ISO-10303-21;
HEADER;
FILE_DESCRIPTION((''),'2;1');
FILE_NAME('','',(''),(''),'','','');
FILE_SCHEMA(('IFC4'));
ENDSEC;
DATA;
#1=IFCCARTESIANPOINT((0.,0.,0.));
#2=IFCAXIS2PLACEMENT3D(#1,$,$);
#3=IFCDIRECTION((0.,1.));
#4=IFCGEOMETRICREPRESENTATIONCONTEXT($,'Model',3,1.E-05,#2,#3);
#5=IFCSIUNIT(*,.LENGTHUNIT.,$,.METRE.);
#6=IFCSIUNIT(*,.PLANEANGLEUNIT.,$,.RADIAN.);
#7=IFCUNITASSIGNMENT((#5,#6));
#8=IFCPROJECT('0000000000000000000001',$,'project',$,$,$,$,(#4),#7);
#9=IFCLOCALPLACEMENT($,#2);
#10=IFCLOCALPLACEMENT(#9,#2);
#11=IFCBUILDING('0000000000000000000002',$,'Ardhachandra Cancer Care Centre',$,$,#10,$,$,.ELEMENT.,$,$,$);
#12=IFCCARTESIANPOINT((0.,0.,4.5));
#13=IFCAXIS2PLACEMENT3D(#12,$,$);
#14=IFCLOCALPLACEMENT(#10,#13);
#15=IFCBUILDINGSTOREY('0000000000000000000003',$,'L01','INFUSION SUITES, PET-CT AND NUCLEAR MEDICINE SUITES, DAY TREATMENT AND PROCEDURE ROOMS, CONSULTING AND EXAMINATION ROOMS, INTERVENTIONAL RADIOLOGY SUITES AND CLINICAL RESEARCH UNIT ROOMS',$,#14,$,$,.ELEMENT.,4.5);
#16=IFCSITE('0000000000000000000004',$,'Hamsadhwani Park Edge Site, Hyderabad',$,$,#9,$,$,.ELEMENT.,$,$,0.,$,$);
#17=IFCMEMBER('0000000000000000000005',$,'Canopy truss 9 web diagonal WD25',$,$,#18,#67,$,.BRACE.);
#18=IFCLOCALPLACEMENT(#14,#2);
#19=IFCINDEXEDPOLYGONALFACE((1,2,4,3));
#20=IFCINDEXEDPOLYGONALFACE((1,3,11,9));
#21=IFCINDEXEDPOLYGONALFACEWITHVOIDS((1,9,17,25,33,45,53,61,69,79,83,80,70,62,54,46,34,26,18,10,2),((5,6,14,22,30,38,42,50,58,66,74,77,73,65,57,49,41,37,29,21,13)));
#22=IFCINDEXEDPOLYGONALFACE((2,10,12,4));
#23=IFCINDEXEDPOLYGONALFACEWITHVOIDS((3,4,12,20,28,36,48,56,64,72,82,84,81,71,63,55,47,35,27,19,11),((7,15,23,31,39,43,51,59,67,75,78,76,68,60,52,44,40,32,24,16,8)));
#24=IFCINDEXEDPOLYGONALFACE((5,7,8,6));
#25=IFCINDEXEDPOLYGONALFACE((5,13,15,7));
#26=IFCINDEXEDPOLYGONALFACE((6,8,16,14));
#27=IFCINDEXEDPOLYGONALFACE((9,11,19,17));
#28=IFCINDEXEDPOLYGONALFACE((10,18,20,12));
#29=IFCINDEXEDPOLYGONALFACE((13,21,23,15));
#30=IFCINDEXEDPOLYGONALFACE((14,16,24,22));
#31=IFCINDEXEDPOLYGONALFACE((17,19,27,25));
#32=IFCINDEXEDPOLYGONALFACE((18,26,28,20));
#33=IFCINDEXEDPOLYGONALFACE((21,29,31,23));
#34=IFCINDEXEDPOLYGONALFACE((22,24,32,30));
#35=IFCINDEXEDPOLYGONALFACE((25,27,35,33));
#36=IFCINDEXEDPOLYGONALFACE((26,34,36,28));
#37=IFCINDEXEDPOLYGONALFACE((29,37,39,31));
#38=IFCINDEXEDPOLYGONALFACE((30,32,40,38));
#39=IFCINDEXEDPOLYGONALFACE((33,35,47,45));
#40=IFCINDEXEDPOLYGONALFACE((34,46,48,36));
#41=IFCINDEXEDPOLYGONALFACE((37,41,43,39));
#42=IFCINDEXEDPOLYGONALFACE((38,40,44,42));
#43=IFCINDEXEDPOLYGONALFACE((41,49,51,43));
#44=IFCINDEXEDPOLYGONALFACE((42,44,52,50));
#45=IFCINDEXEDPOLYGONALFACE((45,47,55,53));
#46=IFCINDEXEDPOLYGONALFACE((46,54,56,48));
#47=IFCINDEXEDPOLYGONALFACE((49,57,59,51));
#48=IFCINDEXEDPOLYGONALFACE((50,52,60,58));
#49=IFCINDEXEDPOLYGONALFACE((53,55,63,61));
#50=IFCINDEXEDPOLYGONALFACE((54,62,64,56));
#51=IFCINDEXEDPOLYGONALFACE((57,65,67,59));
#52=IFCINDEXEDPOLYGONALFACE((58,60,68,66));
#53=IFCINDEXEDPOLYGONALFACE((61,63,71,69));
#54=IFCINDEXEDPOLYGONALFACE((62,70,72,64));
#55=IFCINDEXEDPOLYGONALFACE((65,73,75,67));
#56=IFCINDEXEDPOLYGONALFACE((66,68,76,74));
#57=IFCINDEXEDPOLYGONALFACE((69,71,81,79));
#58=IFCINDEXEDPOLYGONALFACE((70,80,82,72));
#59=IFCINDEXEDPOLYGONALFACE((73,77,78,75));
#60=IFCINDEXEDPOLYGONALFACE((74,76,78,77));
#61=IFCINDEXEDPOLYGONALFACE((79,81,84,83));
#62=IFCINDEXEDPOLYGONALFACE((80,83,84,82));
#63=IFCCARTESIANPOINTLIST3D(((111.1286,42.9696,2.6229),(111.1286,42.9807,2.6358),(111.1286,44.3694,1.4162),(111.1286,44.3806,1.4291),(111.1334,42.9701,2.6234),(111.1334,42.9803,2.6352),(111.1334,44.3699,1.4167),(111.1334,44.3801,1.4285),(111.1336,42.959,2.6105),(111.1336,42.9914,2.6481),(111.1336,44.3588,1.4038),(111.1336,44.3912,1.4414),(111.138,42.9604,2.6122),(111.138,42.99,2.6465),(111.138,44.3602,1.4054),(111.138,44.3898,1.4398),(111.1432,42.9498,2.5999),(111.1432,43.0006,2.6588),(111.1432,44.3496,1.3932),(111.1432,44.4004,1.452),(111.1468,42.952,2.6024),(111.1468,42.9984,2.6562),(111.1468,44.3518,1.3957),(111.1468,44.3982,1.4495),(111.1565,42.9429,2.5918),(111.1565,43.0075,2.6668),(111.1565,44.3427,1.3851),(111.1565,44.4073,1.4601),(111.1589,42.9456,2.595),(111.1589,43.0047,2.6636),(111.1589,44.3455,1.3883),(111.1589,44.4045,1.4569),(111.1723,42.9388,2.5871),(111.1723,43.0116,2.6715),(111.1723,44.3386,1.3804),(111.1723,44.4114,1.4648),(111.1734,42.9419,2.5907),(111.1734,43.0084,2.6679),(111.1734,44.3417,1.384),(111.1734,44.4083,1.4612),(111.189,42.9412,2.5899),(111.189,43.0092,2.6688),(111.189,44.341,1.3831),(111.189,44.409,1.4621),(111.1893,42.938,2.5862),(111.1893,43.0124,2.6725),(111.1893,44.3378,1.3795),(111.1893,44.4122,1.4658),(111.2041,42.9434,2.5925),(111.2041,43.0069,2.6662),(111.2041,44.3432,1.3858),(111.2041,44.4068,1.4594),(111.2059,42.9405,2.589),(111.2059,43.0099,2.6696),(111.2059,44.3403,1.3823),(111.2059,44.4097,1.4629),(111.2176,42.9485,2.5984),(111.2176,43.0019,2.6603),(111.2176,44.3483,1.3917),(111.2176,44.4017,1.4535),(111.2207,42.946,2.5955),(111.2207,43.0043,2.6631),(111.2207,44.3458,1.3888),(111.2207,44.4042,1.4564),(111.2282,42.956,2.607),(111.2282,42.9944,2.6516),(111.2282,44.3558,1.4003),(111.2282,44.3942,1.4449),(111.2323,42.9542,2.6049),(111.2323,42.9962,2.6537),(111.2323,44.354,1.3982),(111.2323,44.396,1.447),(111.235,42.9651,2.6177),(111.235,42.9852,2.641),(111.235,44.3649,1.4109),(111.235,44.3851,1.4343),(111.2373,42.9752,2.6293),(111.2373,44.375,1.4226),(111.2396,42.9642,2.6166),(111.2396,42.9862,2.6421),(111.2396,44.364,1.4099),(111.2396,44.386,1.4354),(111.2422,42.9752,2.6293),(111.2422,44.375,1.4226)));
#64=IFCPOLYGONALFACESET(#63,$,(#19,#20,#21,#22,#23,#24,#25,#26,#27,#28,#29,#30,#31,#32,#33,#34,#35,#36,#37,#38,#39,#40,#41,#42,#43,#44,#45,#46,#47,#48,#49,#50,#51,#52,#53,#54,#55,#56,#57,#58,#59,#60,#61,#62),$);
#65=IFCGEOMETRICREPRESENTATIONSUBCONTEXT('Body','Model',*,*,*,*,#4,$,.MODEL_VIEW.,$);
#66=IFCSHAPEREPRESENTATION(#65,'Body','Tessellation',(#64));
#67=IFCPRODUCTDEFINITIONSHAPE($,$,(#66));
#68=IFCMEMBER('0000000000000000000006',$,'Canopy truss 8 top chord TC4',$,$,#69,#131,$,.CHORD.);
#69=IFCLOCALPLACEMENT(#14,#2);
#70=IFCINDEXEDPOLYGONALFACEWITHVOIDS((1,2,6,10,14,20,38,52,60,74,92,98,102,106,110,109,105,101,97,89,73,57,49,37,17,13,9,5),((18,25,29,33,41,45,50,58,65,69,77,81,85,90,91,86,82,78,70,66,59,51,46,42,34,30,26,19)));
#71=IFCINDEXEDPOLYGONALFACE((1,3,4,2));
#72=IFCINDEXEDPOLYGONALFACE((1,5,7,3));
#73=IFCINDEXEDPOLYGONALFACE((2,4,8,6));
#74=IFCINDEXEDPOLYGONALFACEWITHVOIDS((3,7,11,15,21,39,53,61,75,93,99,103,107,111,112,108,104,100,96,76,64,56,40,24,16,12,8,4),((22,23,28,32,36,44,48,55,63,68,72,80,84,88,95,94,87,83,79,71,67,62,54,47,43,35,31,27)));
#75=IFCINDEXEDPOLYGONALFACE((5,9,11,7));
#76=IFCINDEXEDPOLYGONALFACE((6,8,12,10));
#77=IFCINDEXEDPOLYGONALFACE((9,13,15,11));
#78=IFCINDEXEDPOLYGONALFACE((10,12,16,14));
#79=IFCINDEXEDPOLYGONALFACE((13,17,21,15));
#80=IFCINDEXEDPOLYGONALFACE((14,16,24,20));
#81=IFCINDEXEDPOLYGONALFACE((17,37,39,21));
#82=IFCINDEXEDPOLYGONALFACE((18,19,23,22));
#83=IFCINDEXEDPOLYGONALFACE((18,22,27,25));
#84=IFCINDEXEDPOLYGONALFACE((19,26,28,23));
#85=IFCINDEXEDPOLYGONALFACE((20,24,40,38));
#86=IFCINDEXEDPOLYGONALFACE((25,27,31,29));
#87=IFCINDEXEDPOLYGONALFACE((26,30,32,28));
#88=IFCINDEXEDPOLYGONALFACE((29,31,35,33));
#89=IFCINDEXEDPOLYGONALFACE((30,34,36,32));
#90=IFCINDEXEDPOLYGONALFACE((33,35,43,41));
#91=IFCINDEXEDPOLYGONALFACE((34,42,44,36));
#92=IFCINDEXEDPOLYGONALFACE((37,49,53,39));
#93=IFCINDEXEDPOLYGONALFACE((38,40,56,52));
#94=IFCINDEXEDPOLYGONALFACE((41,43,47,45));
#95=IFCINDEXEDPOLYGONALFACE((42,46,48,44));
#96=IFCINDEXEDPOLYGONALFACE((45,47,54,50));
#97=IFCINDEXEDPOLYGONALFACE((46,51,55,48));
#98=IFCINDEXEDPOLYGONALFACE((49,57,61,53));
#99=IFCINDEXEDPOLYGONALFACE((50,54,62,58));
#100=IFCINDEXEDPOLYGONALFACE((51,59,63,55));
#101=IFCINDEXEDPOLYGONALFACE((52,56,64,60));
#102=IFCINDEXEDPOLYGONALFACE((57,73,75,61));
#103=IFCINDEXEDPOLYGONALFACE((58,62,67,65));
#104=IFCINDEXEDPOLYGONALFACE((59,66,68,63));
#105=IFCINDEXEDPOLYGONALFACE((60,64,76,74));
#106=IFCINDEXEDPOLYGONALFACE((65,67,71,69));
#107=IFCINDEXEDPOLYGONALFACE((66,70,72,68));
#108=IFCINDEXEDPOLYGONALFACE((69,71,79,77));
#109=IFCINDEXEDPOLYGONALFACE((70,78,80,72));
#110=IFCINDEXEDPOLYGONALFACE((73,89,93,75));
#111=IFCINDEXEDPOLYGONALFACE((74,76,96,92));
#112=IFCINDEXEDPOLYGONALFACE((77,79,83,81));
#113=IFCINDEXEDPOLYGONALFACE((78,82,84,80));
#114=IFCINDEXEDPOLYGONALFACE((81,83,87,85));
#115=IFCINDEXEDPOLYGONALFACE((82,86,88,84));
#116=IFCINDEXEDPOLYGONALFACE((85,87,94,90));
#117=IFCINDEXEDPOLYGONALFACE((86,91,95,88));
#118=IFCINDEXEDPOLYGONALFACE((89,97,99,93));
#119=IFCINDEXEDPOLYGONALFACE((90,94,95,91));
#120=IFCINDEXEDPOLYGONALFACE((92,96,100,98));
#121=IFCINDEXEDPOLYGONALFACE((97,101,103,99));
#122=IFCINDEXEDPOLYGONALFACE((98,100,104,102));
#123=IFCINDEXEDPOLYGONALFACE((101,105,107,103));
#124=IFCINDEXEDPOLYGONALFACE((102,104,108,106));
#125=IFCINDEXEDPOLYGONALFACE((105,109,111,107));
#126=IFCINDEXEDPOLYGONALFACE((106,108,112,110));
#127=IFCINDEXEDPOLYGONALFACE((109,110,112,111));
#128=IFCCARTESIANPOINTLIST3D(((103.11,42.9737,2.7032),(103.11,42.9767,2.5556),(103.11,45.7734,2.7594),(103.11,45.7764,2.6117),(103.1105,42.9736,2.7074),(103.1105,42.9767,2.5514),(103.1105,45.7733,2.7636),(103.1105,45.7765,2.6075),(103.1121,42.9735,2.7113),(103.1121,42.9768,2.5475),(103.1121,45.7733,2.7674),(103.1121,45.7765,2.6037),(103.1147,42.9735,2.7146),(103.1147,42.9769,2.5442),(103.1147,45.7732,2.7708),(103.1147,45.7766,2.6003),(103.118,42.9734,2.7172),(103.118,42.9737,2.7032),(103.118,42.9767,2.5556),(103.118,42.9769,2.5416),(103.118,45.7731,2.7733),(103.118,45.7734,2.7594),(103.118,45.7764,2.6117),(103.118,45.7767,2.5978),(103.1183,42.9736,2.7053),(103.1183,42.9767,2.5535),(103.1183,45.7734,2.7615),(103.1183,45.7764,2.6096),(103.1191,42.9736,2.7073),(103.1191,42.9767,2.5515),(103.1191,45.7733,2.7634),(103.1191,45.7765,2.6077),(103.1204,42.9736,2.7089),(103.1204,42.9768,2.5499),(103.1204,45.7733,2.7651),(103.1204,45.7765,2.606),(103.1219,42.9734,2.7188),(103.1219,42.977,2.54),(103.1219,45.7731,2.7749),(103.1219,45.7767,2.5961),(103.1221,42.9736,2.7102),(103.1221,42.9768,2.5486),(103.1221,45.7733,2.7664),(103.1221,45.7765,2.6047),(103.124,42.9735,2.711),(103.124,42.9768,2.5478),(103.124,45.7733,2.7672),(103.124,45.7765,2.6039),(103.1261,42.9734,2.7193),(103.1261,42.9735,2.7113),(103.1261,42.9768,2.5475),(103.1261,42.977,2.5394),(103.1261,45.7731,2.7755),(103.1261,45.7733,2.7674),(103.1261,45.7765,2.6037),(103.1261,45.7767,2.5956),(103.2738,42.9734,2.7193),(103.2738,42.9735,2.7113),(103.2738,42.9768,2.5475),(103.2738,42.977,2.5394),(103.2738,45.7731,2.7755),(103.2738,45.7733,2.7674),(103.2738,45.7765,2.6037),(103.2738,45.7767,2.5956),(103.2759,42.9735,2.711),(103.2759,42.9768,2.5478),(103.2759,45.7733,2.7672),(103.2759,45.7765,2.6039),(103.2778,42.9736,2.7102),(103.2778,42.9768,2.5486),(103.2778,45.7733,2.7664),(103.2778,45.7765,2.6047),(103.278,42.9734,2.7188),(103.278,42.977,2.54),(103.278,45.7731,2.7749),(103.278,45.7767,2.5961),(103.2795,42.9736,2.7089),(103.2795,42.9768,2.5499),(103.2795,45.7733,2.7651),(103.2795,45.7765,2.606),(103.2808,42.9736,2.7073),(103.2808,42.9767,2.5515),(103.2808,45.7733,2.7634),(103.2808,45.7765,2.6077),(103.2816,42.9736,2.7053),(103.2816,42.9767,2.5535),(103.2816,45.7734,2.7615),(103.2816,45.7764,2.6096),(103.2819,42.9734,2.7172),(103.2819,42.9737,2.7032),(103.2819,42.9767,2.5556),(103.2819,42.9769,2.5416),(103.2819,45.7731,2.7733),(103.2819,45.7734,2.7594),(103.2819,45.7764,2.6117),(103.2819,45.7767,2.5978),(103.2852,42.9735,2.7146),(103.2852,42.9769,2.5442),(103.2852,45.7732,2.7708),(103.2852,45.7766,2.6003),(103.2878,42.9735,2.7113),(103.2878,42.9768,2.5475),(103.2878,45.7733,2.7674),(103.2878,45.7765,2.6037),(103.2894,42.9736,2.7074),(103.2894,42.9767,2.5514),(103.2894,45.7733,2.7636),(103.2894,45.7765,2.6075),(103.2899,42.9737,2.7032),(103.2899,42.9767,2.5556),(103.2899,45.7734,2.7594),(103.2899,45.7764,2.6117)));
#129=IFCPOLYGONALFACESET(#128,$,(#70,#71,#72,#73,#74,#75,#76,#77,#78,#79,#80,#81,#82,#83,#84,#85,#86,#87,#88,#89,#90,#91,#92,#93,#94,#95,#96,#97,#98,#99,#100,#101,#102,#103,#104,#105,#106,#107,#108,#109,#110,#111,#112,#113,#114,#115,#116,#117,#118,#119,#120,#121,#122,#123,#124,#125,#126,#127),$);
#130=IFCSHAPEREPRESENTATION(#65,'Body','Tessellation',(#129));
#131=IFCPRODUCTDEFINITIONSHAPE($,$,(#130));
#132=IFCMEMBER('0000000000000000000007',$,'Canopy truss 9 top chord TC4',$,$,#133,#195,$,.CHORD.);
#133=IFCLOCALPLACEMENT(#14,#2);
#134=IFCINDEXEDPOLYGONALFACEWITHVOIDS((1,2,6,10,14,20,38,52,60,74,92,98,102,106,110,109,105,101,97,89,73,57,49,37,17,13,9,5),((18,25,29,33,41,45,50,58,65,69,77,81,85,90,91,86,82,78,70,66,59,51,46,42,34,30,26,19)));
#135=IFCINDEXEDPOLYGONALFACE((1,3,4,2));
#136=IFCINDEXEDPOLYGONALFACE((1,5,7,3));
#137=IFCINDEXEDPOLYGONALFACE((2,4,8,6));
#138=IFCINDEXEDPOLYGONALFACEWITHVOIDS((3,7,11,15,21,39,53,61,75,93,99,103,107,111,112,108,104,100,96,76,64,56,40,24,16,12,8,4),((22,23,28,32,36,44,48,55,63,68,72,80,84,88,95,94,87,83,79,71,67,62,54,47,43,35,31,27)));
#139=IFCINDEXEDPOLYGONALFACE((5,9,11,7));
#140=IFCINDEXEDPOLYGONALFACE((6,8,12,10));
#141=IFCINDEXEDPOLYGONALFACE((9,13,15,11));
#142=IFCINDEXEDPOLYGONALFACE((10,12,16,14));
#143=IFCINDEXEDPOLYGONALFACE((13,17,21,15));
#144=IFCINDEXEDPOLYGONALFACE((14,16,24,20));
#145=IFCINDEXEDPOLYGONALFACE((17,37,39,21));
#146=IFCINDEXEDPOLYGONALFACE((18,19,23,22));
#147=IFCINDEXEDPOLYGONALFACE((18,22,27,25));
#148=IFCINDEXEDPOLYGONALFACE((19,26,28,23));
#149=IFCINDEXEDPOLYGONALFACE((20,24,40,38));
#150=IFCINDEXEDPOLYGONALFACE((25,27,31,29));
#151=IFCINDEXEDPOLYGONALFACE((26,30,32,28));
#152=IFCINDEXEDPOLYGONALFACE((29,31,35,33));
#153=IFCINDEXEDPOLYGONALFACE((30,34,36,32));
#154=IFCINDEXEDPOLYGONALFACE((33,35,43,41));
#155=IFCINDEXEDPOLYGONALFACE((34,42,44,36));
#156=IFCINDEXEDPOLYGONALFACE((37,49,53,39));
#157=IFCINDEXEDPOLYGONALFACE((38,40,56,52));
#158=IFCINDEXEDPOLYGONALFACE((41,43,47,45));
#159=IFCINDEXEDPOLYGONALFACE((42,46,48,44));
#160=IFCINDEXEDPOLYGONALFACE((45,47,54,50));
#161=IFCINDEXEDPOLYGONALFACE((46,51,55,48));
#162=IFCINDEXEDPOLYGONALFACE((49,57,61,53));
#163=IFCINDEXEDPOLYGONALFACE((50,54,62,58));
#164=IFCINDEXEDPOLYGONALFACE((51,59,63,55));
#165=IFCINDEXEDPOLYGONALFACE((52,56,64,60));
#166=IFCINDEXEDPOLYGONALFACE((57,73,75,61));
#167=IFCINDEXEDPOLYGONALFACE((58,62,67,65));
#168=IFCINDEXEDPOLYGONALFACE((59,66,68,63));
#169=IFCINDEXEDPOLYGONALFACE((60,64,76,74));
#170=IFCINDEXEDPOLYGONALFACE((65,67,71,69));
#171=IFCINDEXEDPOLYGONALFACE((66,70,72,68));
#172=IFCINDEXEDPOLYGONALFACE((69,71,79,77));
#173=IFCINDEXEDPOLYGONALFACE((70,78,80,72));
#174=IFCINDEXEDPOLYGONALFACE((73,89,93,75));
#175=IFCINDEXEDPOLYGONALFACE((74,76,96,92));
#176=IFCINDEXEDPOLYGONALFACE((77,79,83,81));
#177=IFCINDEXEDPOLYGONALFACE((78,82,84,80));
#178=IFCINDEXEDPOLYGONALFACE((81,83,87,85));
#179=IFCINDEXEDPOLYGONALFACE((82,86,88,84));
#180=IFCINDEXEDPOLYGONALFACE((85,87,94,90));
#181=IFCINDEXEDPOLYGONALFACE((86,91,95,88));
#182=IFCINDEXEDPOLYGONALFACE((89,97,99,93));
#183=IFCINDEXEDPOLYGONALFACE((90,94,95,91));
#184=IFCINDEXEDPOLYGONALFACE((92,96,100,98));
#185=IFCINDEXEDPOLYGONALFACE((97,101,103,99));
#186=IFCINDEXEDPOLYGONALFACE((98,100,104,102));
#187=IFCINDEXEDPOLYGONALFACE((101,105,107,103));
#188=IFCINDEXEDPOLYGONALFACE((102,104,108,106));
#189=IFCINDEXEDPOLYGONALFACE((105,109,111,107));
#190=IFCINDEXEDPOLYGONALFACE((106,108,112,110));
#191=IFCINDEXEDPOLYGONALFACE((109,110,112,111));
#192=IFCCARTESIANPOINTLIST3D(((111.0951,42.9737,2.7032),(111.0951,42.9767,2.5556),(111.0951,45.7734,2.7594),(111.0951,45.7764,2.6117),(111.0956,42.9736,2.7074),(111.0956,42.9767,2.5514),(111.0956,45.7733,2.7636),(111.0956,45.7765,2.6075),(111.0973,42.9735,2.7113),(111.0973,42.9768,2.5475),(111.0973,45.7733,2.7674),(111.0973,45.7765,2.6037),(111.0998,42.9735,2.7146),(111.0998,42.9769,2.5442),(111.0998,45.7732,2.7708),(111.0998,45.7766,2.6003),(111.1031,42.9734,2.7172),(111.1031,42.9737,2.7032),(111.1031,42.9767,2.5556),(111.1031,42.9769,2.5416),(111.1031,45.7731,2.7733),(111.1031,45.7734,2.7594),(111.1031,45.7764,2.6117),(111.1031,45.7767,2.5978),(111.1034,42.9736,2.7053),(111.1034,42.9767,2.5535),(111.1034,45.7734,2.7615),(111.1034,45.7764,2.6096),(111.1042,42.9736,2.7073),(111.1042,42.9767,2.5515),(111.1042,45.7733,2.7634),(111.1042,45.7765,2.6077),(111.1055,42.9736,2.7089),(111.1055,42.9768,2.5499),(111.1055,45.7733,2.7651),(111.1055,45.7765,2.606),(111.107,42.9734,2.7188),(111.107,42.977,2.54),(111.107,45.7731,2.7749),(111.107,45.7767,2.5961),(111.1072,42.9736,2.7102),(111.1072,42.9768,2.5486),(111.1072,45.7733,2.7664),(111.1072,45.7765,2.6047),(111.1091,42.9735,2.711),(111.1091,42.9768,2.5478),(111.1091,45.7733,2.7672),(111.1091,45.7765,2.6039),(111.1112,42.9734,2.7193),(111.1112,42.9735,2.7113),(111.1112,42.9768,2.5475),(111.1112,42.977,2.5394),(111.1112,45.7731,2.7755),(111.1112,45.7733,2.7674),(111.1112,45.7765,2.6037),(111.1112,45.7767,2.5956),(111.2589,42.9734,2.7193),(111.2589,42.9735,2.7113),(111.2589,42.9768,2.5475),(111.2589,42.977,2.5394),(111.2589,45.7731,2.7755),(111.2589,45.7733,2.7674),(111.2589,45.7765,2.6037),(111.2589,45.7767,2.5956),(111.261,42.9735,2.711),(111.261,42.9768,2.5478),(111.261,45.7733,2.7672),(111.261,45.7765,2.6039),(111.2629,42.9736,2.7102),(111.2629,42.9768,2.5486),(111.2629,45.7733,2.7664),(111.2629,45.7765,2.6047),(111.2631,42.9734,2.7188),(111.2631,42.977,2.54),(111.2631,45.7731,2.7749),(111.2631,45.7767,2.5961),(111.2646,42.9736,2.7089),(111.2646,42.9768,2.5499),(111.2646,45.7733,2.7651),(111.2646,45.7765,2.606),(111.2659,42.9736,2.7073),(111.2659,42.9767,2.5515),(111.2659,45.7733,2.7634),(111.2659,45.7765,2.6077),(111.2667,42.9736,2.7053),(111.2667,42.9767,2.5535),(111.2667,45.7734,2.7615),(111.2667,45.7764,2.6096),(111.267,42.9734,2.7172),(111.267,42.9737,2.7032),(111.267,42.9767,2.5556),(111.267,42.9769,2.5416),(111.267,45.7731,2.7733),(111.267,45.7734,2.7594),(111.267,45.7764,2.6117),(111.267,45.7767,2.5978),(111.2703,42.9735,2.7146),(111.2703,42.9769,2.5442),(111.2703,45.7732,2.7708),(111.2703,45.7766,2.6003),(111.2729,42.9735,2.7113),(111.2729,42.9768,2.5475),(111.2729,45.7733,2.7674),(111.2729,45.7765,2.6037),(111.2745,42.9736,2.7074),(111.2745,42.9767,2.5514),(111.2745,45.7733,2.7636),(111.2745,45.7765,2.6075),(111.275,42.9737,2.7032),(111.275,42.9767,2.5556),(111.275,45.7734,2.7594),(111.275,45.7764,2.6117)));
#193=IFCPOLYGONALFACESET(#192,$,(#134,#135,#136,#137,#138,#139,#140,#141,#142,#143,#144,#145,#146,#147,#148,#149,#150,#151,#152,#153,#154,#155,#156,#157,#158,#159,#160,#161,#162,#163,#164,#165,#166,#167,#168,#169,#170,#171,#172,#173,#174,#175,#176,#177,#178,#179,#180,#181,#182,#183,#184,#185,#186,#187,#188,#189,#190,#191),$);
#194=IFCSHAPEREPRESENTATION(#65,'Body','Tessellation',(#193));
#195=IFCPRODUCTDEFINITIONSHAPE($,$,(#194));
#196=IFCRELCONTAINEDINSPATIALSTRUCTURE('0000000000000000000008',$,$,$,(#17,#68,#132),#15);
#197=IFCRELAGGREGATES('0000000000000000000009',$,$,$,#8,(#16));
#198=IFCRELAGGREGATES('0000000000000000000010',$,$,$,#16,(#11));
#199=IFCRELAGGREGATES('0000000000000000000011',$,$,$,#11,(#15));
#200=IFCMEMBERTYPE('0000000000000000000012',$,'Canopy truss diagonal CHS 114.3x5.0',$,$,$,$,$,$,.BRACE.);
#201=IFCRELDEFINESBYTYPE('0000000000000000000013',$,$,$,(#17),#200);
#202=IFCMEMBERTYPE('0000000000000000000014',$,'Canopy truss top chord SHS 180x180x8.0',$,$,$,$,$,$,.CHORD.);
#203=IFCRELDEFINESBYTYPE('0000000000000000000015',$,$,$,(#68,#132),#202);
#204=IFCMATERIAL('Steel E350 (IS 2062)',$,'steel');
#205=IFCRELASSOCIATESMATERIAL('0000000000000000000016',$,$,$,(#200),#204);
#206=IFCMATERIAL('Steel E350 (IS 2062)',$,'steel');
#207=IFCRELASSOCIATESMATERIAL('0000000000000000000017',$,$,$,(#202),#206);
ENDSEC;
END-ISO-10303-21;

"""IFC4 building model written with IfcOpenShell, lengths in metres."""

from ifc_helpers import new_model, si_unit, direction, frame, origin, origin_2d, place, context, subcontext, project, spatial, hollow_rectangle, hollow_circle, extrude, material, material_profile, profile_set, type_object, element, save


model = new_model("IFC4")

# Units and contexts
model_context = context("Model", 3, precision=1e-05, world=origin(), true_north=direction((0.0, 1.0)))
body_context = subcontext(model_context, "Body", "Model", "MODEL_VIEW")
ifc_project = project(units=[si_unit("LENGTHUNIT", "METRE"), si_unit("PLANEANGLEUNIT", "RADIAN")], contexts=[model_context])

# Site, building, storey
site_placement = place(None, origin())
site = spatial("IfcSite", under=ifc_project, at=site_placement, Name="Hamsadhwani Park Edge Site, Hyderabad", CompositionType="ELEMENT", RefElevation=0.0)
building_placement = place(site_placement, origin())
building = spatial("IfcBuilding", under=site, at=building_placement, Name="Ardhachandra Cancer Care Centre", CompositionType="ELEMENT")
storey_placement = place(building_placement, frame((0.0, 0.0, 4.5)))
storey = spatial("IfcBuildingStorey", under=building, at=storey_placement, Name="L01", Description="INFUSION SUITES, PET-CT AND NUCLEAR MEDICINE SUITES, DAY TREATMENT AND PROCEDURE ROOMS, CONSULTING AND EXAMINATION ROOMS, INTERVENTIONAL RADIOLOGY SUITES AND CLINICAL RESEARCH UNIT ROOMS", CompositionType="ELEMENT", Elevation=4.5)

# Members
ifc_material_1 = material(Name="Steel E350 (IS 2062)", Category="steel")
ifc_material_profile_1 = material_profile(ifc_material_1, hollow_circle(Radius=0.0571, WallThickness=0.0049, at=origin_2d()), Name="CHS 114.3x5.0")
ifc_profile_set_1 = profile_set([ifc_material_profile_1], Name="Steel E350 (IS 2062)")
member_type_1 = type_object("IfcMemberType", Name="Canopy truss diagonal CHS 114.3x5.0", PredefinedType="BRACE", material=ifc_profile_set_1)
member_1_placement = place(storey_placement, frame((111.1851, 44.375, 1.4226), z_axis=(0.0, -0.757417, 0.652932), x_axis=(1.0, 0.0, 0.0)))
element("IfcMember", 1, at=member_1_placement, inside=storey, type_object=member_type_1, Name="Canopy truss 9 web diagonal WD25", PredefinedType="BRACE", context=body_context, shape_type="SweptSolid", body=[
    extrude(hollow_circle(Radius=0.0571, WallThickness=0.0049, at=origin_2d()), origin(), (0.0, 0.0, 1.0), 1.8481),
])
ifc_material_2 = material(Name="Steel E350 (IS 2062)", Category="steel")
ifc_material_profile_2 = material_profile(ifc_material_2, hollow_rectangle(XDim=0.1799, YDim=0.1799, WallThickness=0.0081, InnerFilletRadius=0.0081, OuterFilletRadius=0.0161, at=origin_2d()), Name="SHS 180x180x8.0")
ifc_profile_set_2 = profile_set([ifc_material_profile_2], Name="Steel E350 (IS 2062)")
member_type_2 = type_object("IfcMemberType", Name="Canopy truss top chord SHS 180x180x8.0", PredefinedType="CHORD", material=ifc_profile_set_2)
for number, where, z_axis, x_axis, name in (
    (2, (103.2, 45.7749, 2.6855), (0.0, -0.999799, -0.020052), (1.0, 0.0, 0.0), "Canopy truss 8 top chord TC4"),
    (3, (111.1851, 45.7749, 2.6855), (0.0, -0.999799, -0.020052), (1.0, 0.0, 0.0), "Canopy truss 9 top chord TC4"),
):
    element("IfcMember", number, at=place(storey_placement, frame(where, z_axis=z_axis, x_axis=x_axis)), inside=storey, type_object=member_type_2, Name=name, PredefinedType="CHORD", context=body_context, shape_type="SweptSolid", body=[
        extrude(hollow_rectangle(XDim=0.1799, YDim=0.1799, WallThickness=0.0081, InnerFilletRadius=0.0081, OuterFilletRadius=0.0161, at=origin_2d()), origin(), (0.0, 0.0, 1.0), 2.8003),
    ])

save(model, "model.ifc")
